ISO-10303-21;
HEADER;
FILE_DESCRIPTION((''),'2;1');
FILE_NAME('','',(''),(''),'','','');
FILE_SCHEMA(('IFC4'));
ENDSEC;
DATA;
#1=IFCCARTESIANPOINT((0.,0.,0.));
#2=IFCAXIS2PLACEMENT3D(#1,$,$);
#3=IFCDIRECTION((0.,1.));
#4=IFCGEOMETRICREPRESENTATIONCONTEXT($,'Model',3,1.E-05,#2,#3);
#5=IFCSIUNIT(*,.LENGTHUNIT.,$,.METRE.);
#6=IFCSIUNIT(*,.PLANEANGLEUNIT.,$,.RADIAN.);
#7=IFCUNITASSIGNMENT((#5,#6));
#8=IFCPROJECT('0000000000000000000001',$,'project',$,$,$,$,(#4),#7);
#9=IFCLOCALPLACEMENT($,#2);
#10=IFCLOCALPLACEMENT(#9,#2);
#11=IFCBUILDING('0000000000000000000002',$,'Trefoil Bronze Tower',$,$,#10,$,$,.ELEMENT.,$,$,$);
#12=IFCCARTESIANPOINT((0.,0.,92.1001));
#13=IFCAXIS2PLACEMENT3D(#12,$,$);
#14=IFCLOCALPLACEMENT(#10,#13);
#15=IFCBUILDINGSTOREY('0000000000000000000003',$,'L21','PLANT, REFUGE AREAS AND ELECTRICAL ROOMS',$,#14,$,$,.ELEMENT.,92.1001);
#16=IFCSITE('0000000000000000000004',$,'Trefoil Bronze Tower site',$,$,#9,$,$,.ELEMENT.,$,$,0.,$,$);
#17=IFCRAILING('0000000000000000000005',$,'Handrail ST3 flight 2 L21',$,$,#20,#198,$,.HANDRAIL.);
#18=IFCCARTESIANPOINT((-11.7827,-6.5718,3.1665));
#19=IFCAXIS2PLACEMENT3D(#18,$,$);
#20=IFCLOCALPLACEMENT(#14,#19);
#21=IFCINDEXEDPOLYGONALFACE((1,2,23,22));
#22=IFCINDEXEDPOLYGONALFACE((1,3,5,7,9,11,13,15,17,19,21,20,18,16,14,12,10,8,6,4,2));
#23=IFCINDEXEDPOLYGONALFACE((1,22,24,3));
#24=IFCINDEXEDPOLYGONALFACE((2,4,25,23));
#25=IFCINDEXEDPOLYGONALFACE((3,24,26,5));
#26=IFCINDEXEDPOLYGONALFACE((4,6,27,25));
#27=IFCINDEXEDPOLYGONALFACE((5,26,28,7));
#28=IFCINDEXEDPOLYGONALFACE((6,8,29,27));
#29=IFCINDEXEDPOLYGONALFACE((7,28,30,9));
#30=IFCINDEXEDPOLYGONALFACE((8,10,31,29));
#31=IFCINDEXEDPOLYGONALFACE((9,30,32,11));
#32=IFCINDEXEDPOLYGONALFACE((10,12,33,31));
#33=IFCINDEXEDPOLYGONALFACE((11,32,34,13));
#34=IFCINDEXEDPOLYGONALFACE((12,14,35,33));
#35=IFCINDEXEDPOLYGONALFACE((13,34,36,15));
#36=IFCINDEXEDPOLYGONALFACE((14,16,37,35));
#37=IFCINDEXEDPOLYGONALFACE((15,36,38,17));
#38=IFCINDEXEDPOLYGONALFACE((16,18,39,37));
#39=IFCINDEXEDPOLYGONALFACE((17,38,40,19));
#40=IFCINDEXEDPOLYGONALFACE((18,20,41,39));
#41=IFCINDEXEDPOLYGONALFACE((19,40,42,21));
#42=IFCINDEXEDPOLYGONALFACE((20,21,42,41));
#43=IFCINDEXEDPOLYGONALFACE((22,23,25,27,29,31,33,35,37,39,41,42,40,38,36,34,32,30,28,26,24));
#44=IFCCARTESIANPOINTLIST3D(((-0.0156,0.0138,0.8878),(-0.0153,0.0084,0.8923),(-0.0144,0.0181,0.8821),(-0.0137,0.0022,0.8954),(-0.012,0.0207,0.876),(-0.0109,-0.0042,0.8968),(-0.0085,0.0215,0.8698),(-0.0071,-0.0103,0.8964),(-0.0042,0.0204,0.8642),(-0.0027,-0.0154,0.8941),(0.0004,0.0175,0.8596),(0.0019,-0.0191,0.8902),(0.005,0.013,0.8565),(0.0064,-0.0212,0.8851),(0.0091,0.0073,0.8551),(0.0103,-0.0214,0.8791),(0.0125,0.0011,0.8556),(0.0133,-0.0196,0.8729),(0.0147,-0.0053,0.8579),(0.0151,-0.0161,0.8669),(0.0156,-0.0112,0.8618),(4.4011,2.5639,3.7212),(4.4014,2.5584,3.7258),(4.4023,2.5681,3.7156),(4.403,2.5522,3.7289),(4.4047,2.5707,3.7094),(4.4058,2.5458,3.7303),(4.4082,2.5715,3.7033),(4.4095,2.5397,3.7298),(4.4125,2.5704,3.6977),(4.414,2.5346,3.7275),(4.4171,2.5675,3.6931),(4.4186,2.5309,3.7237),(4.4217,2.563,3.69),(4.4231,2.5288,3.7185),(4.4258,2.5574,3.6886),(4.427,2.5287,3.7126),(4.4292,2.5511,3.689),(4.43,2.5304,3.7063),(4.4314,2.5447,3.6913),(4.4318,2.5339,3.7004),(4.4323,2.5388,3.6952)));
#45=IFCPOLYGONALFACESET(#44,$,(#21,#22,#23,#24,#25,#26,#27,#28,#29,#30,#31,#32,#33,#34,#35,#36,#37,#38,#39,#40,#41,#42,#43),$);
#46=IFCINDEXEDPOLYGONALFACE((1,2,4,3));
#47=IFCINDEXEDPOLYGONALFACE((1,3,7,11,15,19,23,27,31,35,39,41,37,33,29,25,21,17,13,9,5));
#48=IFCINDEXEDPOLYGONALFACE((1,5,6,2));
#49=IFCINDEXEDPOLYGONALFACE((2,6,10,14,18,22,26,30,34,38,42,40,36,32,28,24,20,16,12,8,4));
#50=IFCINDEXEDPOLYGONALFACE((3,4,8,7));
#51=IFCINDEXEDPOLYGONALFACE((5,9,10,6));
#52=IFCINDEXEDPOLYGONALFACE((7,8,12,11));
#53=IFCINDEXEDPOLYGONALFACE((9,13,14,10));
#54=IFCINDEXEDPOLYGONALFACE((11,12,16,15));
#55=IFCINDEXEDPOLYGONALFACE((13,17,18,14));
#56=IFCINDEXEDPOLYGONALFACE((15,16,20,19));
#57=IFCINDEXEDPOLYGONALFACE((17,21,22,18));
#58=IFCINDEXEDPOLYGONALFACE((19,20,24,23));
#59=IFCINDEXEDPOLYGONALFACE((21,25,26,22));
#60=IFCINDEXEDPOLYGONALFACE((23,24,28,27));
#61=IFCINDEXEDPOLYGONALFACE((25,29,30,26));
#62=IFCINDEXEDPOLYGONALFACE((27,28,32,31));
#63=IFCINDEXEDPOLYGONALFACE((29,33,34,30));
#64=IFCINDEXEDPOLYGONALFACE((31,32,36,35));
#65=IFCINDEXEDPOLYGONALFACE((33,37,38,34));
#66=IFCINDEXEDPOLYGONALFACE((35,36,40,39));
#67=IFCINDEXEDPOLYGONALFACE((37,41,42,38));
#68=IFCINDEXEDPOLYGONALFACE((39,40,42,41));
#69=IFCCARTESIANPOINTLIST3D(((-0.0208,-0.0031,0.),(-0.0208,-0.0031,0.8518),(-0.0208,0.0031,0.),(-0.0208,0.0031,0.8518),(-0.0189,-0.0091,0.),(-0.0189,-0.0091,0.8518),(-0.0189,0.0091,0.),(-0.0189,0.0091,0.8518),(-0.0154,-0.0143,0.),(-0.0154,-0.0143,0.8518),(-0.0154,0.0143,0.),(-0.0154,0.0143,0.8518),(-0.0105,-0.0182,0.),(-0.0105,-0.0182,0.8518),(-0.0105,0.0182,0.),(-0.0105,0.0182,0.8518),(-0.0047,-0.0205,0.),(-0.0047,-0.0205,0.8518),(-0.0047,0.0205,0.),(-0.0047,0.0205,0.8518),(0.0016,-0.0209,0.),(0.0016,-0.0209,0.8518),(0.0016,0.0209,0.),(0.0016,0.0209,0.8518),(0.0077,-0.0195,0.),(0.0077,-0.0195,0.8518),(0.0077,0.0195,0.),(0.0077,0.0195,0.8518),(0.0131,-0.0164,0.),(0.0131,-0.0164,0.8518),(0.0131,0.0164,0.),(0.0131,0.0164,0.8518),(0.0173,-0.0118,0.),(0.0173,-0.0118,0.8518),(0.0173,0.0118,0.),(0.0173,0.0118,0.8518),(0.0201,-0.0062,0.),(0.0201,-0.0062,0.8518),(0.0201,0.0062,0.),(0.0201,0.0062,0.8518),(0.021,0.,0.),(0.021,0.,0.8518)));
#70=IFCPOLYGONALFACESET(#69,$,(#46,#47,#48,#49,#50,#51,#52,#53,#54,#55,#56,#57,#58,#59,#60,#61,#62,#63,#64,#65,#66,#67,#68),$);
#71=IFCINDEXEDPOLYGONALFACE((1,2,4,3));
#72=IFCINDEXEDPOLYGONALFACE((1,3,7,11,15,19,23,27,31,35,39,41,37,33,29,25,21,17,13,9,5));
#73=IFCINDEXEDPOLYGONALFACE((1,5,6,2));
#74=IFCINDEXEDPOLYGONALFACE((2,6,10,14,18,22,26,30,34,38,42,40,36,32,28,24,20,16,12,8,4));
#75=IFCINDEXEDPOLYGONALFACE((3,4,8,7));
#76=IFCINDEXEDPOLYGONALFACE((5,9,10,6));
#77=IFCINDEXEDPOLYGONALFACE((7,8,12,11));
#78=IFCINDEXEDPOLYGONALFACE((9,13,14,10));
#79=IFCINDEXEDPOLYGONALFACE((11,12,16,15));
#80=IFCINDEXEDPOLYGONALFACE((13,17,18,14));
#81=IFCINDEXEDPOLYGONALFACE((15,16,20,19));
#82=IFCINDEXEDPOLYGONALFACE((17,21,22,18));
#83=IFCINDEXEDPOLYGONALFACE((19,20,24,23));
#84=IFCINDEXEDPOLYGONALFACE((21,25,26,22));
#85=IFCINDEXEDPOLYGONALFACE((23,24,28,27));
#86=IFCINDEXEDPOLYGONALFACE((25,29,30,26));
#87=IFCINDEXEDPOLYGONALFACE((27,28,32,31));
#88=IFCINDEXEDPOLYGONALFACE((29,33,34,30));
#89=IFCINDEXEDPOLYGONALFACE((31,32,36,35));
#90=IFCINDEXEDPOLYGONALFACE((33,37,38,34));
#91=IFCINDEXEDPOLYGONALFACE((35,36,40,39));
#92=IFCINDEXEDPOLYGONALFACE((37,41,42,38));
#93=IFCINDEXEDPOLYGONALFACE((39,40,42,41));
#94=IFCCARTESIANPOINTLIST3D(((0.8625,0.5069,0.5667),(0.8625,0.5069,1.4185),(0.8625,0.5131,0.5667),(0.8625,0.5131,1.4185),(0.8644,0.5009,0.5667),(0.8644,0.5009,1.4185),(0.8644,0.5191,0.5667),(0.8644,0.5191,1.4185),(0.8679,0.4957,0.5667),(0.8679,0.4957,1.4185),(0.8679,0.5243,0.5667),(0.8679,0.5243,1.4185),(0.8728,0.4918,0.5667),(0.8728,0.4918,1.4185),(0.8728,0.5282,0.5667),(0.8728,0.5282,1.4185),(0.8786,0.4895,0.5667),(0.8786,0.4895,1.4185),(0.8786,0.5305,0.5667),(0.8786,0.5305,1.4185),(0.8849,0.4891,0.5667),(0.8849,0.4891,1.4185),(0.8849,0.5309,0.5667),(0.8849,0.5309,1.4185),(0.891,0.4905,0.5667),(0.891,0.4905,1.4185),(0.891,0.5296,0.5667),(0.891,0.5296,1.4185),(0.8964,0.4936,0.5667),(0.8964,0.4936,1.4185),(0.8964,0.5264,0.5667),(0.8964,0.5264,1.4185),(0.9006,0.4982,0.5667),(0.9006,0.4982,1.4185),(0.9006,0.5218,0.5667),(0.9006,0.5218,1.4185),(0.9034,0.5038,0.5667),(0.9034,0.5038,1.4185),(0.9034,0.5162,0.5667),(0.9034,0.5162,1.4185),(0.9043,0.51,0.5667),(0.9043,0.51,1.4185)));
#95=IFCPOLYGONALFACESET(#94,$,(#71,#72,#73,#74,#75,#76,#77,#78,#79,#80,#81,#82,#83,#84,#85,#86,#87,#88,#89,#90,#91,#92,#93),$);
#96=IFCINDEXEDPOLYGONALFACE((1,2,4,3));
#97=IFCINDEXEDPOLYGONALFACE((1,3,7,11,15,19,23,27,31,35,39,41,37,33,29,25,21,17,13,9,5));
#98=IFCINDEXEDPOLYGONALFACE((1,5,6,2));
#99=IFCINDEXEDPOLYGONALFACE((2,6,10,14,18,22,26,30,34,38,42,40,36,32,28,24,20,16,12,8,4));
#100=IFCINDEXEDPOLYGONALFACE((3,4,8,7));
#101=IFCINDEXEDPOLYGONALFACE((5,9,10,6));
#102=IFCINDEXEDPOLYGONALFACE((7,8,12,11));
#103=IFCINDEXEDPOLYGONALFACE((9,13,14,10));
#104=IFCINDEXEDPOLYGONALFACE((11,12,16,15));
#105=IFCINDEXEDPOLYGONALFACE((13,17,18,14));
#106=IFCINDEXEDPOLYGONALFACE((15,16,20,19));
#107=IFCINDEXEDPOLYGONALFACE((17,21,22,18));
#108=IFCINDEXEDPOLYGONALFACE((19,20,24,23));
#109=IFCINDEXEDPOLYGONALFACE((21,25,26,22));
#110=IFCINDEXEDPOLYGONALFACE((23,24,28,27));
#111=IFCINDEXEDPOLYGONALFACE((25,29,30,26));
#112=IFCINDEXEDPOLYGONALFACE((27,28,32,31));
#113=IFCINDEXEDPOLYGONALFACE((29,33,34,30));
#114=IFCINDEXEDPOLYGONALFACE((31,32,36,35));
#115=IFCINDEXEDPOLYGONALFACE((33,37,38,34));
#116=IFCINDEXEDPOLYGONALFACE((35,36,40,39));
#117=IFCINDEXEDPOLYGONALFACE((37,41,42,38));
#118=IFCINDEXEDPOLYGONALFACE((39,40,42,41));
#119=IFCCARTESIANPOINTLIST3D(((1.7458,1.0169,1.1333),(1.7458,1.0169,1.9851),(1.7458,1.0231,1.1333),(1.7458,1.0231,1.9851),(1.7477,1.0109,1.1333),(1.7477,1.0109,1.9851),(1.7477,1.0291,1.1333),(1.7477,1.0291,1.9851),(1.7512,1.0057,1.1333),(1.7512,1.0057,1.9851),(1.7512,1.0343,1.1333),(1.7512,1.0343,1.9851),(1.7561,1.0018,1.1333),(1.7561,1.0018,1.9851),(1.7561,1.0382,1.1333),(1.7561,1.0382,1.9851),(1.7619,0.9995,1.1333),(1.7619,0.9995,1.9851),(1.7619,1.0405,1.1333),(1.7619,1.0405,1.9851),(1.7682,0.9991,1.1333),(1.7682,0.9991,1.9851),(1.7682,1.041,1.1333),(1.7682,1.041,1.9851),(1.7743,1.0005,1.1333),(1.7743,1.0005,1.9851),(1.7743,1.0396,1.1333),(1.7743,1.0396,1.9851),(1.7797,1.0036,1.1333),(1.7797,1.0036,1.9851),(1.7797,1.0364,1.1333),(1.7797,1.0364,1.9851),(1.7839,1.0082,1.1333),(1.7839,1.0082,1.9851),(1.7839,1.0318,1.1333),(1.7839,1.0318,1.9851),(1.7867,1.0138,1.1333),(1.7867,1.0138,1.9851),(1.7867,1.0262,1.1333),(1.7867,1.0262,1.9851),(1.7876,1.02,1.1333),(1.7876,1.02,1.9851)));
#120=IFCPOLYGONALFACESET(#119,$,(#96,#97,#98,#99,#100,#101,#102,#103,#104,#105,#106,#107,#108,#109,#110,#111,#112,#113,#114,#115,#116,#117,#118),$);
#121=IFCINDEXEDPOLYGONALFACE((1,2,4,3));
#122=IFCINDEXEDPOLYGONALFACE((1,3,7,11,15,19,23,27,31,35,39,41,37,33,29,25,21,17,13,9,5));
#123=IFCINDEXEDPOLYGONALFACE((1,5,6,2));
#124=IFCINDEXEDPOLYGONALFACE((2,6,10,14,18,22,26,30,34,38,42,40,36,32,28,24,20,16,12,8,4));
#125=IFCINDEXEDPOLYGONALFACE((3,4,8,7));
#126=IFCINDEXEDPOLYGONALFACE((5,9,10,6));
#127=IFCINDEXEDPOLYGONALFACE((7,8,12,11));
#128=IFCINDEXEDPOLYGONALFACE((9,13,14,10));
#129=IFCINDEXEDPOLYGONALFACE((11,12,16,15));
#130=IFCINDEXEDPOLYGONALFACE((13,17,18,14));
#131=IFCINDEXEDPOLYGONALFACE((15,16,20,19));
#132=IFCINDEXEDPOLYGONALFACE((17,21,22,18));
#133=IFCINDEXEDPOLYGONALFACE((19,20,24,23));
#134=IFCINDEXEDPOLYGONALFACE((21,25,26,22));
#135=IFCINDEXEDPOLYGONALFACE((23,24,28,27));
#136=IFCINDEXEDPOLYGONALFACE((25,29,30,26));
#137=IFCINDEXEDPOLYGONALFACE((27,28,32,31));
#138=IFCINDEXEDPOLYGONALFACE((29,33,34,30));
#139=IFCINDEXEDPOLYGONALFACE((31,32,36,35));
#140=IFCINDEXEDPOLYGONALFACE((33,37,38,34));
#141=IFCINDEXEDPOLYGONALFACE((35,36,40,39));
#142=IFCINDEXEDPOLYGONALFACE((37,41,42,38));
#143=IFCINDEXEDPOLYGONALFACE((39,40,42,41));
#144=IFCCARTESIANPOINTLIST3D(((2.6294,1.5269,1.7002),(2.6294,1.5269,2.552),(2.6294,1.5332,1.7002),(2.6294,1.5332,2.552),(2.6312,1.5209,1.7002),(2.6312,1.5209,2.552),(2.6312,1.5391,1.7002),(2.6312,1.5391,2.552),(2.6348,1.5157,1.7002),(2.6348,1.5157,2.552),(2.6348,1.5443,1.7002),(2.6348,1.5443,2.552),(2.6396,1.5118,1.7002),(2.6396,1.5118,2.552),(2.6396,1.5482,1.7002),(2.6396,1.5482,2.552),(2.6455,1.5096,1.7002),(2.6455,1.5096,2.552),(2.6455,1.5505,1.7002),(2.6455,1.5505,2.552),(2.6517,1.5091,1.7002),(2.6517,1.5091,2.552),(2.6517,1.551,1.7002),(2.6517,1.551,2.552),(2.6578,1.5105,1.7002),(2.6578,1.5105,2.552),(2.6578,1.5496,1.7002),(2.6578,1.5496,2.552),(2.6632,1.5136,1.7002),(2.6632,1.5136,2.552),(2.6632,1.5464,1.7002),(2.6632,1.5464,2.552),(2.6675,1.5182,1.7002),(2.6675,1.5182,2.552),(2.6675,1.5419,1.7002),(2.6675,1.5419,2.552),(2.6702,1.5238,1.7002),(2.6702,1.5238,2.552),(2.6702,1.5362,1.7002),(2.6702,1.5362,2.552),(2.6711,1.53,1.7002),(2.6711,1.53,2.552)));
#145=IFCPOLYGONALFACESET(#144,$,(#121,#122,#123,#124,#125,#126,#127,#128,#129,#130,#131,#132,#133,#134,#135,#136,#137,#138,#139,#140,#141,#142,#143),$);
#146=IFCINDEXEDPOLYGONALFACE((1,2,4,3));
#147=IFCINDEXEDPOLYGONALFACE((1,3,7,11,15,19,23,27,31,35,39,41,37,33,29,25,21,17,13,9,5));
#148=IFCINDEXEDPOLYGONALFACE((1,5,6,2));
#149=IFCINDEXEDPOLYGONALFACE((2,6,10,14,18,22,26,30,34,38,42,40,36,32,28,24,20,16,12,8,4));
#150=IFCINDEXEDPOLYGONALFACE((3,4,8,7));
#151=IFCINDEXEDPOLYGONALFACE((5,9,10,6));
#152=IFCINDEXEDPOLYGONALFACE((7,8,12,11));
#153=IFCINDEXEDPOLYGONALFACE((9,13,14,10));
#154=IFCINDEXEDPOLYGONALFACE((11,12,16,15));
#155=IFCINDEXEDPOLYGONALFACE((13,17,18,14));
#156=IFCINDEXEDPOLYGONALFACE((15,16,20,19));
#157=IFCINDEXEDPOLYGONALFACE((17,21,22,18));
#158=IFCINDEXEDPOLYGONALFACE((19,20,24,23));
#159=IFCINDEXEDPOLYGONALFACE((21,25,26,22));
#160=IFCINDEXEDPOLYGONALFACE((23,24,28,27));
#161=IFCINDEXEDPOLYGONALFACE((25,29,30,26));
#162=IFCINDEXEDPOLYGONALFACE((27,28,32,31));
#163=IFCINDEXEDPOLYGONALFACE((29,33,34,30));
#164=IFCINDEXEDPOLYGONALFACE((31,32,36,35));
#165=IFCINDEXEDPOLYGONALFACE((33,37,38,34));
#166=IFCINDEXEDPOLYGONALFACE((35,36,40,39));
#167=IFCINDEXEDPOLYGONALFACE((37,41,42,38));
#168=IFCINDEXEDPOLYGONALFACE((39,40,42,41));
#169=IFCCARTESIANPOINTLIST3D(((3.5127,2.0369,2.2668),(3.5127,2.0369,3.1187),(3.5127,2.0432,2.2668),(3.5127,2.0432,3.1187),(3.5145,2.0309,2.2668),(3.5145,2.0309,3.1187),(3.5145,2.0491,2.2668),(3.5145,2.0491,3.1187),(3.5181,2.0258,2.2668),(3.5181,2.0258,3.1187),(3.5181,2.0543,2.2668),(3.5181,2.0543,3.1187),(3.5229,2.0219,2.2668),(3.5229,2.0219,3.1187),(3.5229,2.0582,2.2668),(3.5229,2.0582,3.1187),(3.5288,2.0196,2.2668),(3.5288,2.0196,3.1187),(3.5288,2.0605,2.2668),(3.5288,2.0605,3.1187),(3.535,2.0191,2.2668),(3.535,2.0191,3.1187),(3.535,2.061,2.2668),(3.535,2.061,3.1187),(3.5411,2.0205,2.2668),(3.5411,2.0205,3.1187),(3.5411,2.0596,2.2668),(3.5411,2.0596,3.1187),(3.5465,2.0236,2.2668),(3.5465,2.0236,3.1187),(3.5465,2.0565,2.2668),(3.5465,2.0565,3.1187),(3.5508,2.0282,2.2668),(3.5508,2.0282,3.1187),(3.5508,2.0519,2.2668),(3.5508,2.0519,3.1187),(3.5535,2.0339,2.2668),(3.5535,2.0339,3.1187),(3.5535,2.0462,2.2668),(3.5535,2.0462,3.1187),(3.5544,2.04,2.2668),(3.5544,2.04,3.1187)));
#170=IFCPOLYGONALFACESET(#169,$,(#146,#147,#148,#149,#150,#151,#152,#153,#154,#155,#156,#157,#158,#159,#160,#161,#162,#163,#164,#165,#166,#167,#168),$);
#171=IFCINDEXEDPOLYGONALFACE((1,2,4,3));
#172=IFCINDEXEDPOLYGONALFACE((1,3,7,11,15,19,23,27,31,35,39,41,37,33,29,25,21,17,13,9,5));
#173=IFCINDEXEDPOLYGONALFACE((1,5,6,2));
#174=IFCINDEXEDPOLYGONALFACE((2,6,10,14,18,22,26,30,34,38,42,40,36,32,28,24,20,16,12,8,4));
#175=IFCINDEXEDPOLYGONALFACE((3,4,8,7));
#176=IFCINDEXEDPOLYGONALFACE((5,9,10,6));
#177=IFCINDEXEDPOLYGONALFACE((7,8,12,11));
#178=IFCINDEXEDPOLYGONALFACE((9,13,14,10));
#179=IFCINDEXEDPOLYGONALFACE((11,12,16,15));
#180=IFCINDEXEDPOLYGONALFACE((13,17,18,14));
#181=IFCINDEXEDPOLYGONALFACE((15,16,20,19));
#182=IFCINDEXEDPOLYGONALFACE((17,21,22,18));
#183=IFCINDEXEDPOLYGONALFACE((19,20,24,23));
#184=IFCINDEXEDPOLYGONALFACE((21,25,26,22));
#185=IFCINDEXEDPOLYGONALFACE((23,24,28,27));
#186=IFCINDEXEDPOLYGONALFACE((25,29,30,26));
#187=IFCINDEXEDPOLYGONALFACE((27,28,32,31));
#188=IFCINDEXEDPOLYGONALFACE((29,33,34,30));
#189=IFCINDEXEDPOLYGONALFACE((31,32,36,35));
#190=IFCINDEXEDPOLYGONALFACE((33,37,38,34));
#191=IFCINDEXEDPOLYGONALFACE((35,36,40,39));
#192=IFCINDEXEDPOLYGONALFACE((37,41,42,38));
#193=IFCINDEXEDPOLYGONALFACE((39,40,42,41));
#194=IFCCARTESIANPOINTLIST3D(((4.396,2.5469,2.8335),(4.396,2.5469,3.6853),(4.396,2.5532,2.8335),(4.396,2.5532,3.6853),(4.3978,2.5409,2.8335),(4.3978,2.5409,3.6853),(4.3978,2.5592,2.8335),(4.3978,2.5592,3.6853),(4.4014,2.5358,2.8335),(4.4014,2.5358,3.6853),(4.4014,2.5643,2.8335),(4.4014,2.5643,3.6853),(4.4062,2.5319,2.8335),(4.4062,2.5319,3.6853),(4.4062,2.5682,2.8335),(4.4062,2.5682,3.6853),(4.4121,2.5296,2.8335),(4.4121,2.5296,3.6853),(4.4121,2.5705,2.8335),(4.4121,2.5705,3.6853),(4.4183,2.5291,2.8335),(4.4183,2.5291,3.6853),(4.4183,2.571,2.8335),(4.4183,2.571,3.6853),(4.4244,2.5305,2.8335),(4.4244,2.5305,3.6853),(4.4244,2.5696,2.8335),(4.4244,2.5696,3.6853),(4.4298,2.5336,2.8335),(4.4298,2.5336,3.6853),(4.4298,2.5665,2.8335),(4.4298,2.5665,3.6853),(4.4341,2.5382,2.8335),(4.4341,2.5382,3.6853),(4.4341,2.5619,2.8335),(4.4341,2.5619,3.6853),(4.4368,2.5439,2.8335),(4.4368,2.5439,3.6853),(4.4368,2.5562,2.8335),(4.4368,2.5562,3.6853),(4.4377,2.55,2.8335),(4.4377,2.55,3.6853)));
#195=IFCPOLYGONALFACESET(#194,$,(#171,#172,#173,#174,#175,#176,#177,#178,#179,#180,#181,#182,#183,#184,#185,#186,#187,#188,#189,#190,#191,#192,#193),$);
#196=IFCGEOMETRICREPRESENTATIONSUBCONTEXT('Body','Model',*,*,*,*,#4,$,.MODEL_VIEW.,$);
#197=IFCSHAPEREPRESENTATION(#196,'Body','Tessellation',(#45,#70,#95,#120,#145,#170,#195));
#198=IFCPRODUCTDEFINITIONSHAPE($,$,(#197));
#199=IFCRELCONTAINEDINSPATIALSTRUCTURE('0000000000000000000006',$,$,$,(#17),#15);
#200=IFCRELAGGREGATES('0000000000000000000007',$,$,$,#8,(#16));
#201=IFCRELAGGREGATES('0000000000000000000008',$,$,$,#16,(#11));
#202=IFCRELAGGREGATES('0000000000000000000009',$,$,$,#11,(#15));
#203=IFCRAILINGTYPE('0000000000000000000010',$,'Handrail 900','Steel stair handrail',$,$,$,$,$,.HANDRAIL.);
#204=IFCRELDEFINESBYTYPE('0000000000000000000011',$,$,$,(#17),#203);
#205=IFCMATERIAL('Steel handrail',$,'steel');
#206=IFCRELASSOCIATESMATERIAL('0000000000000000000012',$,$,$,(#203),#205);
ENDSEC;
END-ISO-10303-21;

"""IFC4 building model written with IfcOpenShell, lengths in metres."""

from ifc_helpers import new_model, si_unit, direction, frame, origin, origin_2d, place, context, subcontext, project, spatial, circle, extrude, material, type_object, element, save


model = new_model("IFC4")

# Units and contexts
model_context = context("Model", 3, precision=1e-05, world=origin(), true_north=direction((0.0, 1.0)))
body_context = subcontext(model_context, "Body", "Model", "MODEL_VIEW")
ifc_project = project(units=[si_unit("LENGTHUNIT", "METRE"), si_unit("PLANEANGLEUNIT", "RADIAN")], contexts=[model_context])

# Site, building, storey
site_placement = place(None, origin())
site = spatial("IfcSite", under=ifc_project, at=site_placement, Name="Trefoil Bronze Tower site", CompositionType="ELEMENT", RefElevation=0.0)
building_placement = place(site_placement, origin())
building = spatial("IfcBuilding", under=site, at=building_placement, Name="Trefoil Bronze Tower", CompositionType="ELEMENT")
storey_placement = place(building_placement, frame((0.0, 0.0, 92.1001)))
storey = spatial("IfcBuildingStorey", under=building, at=storey_placement, Name="L21", Description="PLANT, REFUGE AREAS AND ELECTRICAL ROOMS", CompositionType="ELEMENT", Elevation=92.1001)

# Railing
ifc_material_1 = material(Name="Steel handrail", Category="steel")
railing_type = type_object("IfcRailingType", Name="Handrail 900", Description="Steel stair handrail", PredefinedType="HANDRAIL", material=ifc_material_1)
railing_1_placement = place(storey_placement, frame((-11.7827, -6.5718, 3.1665)))
element("IfcRailing", 1, at=railing_1_placement, inside=storey, type_object=railing_type, Name="Handrail ST3 flight 2 L21", PredefinedType="HANDRAIL", context=body_context, shape_type="SweptSolid", body=[
    extrude(circle(Radius=0.0239, at=origin_2d()), frame((0.0, 0.0, 0.876), z_axis=(0.757031, 0.437078, 0.485661), x_axis=(-0.500006, 0.866022, 0.0)), (0.0, 0.0, 1.0), 5.8342),
    extrude(circle(Radius=0.021, at=origin_2d()), origin(), (0.0, 0.0, 1.0), 0.8518),
    extrude(circle(Radius=0.021, at=origin_2d()), frame((0.8833, 0.51, 0.5667)), (0.0, 0.0, 1.0), 0.8518),
    extrude(circle(Radius=0.021, at=origin_2d()), frame((1.7666, 1.02, 1.1333)), (0.0, 0.0, 1.0), 0.8518),
    extrude(circle(Radius=0.021, at=origin_2d()), frame((2.6501, 1.53, 1.7002)), (0.0, 0.0, 1.0), 0.8518),
    extrude(circle(Radius=0.021, at=origin_2d()), frame((3.5334, 2.04, 2.2668)), (0.0, 0.0, 1.0), 0.8518),
    extrude(circle(Radius=0.021, at=origin_2d()), frame((4.4167, 2.55, 2.8335)), (0.0, 0.0, 1.0), 0.8518),
])

save(model, "model.ifc")
